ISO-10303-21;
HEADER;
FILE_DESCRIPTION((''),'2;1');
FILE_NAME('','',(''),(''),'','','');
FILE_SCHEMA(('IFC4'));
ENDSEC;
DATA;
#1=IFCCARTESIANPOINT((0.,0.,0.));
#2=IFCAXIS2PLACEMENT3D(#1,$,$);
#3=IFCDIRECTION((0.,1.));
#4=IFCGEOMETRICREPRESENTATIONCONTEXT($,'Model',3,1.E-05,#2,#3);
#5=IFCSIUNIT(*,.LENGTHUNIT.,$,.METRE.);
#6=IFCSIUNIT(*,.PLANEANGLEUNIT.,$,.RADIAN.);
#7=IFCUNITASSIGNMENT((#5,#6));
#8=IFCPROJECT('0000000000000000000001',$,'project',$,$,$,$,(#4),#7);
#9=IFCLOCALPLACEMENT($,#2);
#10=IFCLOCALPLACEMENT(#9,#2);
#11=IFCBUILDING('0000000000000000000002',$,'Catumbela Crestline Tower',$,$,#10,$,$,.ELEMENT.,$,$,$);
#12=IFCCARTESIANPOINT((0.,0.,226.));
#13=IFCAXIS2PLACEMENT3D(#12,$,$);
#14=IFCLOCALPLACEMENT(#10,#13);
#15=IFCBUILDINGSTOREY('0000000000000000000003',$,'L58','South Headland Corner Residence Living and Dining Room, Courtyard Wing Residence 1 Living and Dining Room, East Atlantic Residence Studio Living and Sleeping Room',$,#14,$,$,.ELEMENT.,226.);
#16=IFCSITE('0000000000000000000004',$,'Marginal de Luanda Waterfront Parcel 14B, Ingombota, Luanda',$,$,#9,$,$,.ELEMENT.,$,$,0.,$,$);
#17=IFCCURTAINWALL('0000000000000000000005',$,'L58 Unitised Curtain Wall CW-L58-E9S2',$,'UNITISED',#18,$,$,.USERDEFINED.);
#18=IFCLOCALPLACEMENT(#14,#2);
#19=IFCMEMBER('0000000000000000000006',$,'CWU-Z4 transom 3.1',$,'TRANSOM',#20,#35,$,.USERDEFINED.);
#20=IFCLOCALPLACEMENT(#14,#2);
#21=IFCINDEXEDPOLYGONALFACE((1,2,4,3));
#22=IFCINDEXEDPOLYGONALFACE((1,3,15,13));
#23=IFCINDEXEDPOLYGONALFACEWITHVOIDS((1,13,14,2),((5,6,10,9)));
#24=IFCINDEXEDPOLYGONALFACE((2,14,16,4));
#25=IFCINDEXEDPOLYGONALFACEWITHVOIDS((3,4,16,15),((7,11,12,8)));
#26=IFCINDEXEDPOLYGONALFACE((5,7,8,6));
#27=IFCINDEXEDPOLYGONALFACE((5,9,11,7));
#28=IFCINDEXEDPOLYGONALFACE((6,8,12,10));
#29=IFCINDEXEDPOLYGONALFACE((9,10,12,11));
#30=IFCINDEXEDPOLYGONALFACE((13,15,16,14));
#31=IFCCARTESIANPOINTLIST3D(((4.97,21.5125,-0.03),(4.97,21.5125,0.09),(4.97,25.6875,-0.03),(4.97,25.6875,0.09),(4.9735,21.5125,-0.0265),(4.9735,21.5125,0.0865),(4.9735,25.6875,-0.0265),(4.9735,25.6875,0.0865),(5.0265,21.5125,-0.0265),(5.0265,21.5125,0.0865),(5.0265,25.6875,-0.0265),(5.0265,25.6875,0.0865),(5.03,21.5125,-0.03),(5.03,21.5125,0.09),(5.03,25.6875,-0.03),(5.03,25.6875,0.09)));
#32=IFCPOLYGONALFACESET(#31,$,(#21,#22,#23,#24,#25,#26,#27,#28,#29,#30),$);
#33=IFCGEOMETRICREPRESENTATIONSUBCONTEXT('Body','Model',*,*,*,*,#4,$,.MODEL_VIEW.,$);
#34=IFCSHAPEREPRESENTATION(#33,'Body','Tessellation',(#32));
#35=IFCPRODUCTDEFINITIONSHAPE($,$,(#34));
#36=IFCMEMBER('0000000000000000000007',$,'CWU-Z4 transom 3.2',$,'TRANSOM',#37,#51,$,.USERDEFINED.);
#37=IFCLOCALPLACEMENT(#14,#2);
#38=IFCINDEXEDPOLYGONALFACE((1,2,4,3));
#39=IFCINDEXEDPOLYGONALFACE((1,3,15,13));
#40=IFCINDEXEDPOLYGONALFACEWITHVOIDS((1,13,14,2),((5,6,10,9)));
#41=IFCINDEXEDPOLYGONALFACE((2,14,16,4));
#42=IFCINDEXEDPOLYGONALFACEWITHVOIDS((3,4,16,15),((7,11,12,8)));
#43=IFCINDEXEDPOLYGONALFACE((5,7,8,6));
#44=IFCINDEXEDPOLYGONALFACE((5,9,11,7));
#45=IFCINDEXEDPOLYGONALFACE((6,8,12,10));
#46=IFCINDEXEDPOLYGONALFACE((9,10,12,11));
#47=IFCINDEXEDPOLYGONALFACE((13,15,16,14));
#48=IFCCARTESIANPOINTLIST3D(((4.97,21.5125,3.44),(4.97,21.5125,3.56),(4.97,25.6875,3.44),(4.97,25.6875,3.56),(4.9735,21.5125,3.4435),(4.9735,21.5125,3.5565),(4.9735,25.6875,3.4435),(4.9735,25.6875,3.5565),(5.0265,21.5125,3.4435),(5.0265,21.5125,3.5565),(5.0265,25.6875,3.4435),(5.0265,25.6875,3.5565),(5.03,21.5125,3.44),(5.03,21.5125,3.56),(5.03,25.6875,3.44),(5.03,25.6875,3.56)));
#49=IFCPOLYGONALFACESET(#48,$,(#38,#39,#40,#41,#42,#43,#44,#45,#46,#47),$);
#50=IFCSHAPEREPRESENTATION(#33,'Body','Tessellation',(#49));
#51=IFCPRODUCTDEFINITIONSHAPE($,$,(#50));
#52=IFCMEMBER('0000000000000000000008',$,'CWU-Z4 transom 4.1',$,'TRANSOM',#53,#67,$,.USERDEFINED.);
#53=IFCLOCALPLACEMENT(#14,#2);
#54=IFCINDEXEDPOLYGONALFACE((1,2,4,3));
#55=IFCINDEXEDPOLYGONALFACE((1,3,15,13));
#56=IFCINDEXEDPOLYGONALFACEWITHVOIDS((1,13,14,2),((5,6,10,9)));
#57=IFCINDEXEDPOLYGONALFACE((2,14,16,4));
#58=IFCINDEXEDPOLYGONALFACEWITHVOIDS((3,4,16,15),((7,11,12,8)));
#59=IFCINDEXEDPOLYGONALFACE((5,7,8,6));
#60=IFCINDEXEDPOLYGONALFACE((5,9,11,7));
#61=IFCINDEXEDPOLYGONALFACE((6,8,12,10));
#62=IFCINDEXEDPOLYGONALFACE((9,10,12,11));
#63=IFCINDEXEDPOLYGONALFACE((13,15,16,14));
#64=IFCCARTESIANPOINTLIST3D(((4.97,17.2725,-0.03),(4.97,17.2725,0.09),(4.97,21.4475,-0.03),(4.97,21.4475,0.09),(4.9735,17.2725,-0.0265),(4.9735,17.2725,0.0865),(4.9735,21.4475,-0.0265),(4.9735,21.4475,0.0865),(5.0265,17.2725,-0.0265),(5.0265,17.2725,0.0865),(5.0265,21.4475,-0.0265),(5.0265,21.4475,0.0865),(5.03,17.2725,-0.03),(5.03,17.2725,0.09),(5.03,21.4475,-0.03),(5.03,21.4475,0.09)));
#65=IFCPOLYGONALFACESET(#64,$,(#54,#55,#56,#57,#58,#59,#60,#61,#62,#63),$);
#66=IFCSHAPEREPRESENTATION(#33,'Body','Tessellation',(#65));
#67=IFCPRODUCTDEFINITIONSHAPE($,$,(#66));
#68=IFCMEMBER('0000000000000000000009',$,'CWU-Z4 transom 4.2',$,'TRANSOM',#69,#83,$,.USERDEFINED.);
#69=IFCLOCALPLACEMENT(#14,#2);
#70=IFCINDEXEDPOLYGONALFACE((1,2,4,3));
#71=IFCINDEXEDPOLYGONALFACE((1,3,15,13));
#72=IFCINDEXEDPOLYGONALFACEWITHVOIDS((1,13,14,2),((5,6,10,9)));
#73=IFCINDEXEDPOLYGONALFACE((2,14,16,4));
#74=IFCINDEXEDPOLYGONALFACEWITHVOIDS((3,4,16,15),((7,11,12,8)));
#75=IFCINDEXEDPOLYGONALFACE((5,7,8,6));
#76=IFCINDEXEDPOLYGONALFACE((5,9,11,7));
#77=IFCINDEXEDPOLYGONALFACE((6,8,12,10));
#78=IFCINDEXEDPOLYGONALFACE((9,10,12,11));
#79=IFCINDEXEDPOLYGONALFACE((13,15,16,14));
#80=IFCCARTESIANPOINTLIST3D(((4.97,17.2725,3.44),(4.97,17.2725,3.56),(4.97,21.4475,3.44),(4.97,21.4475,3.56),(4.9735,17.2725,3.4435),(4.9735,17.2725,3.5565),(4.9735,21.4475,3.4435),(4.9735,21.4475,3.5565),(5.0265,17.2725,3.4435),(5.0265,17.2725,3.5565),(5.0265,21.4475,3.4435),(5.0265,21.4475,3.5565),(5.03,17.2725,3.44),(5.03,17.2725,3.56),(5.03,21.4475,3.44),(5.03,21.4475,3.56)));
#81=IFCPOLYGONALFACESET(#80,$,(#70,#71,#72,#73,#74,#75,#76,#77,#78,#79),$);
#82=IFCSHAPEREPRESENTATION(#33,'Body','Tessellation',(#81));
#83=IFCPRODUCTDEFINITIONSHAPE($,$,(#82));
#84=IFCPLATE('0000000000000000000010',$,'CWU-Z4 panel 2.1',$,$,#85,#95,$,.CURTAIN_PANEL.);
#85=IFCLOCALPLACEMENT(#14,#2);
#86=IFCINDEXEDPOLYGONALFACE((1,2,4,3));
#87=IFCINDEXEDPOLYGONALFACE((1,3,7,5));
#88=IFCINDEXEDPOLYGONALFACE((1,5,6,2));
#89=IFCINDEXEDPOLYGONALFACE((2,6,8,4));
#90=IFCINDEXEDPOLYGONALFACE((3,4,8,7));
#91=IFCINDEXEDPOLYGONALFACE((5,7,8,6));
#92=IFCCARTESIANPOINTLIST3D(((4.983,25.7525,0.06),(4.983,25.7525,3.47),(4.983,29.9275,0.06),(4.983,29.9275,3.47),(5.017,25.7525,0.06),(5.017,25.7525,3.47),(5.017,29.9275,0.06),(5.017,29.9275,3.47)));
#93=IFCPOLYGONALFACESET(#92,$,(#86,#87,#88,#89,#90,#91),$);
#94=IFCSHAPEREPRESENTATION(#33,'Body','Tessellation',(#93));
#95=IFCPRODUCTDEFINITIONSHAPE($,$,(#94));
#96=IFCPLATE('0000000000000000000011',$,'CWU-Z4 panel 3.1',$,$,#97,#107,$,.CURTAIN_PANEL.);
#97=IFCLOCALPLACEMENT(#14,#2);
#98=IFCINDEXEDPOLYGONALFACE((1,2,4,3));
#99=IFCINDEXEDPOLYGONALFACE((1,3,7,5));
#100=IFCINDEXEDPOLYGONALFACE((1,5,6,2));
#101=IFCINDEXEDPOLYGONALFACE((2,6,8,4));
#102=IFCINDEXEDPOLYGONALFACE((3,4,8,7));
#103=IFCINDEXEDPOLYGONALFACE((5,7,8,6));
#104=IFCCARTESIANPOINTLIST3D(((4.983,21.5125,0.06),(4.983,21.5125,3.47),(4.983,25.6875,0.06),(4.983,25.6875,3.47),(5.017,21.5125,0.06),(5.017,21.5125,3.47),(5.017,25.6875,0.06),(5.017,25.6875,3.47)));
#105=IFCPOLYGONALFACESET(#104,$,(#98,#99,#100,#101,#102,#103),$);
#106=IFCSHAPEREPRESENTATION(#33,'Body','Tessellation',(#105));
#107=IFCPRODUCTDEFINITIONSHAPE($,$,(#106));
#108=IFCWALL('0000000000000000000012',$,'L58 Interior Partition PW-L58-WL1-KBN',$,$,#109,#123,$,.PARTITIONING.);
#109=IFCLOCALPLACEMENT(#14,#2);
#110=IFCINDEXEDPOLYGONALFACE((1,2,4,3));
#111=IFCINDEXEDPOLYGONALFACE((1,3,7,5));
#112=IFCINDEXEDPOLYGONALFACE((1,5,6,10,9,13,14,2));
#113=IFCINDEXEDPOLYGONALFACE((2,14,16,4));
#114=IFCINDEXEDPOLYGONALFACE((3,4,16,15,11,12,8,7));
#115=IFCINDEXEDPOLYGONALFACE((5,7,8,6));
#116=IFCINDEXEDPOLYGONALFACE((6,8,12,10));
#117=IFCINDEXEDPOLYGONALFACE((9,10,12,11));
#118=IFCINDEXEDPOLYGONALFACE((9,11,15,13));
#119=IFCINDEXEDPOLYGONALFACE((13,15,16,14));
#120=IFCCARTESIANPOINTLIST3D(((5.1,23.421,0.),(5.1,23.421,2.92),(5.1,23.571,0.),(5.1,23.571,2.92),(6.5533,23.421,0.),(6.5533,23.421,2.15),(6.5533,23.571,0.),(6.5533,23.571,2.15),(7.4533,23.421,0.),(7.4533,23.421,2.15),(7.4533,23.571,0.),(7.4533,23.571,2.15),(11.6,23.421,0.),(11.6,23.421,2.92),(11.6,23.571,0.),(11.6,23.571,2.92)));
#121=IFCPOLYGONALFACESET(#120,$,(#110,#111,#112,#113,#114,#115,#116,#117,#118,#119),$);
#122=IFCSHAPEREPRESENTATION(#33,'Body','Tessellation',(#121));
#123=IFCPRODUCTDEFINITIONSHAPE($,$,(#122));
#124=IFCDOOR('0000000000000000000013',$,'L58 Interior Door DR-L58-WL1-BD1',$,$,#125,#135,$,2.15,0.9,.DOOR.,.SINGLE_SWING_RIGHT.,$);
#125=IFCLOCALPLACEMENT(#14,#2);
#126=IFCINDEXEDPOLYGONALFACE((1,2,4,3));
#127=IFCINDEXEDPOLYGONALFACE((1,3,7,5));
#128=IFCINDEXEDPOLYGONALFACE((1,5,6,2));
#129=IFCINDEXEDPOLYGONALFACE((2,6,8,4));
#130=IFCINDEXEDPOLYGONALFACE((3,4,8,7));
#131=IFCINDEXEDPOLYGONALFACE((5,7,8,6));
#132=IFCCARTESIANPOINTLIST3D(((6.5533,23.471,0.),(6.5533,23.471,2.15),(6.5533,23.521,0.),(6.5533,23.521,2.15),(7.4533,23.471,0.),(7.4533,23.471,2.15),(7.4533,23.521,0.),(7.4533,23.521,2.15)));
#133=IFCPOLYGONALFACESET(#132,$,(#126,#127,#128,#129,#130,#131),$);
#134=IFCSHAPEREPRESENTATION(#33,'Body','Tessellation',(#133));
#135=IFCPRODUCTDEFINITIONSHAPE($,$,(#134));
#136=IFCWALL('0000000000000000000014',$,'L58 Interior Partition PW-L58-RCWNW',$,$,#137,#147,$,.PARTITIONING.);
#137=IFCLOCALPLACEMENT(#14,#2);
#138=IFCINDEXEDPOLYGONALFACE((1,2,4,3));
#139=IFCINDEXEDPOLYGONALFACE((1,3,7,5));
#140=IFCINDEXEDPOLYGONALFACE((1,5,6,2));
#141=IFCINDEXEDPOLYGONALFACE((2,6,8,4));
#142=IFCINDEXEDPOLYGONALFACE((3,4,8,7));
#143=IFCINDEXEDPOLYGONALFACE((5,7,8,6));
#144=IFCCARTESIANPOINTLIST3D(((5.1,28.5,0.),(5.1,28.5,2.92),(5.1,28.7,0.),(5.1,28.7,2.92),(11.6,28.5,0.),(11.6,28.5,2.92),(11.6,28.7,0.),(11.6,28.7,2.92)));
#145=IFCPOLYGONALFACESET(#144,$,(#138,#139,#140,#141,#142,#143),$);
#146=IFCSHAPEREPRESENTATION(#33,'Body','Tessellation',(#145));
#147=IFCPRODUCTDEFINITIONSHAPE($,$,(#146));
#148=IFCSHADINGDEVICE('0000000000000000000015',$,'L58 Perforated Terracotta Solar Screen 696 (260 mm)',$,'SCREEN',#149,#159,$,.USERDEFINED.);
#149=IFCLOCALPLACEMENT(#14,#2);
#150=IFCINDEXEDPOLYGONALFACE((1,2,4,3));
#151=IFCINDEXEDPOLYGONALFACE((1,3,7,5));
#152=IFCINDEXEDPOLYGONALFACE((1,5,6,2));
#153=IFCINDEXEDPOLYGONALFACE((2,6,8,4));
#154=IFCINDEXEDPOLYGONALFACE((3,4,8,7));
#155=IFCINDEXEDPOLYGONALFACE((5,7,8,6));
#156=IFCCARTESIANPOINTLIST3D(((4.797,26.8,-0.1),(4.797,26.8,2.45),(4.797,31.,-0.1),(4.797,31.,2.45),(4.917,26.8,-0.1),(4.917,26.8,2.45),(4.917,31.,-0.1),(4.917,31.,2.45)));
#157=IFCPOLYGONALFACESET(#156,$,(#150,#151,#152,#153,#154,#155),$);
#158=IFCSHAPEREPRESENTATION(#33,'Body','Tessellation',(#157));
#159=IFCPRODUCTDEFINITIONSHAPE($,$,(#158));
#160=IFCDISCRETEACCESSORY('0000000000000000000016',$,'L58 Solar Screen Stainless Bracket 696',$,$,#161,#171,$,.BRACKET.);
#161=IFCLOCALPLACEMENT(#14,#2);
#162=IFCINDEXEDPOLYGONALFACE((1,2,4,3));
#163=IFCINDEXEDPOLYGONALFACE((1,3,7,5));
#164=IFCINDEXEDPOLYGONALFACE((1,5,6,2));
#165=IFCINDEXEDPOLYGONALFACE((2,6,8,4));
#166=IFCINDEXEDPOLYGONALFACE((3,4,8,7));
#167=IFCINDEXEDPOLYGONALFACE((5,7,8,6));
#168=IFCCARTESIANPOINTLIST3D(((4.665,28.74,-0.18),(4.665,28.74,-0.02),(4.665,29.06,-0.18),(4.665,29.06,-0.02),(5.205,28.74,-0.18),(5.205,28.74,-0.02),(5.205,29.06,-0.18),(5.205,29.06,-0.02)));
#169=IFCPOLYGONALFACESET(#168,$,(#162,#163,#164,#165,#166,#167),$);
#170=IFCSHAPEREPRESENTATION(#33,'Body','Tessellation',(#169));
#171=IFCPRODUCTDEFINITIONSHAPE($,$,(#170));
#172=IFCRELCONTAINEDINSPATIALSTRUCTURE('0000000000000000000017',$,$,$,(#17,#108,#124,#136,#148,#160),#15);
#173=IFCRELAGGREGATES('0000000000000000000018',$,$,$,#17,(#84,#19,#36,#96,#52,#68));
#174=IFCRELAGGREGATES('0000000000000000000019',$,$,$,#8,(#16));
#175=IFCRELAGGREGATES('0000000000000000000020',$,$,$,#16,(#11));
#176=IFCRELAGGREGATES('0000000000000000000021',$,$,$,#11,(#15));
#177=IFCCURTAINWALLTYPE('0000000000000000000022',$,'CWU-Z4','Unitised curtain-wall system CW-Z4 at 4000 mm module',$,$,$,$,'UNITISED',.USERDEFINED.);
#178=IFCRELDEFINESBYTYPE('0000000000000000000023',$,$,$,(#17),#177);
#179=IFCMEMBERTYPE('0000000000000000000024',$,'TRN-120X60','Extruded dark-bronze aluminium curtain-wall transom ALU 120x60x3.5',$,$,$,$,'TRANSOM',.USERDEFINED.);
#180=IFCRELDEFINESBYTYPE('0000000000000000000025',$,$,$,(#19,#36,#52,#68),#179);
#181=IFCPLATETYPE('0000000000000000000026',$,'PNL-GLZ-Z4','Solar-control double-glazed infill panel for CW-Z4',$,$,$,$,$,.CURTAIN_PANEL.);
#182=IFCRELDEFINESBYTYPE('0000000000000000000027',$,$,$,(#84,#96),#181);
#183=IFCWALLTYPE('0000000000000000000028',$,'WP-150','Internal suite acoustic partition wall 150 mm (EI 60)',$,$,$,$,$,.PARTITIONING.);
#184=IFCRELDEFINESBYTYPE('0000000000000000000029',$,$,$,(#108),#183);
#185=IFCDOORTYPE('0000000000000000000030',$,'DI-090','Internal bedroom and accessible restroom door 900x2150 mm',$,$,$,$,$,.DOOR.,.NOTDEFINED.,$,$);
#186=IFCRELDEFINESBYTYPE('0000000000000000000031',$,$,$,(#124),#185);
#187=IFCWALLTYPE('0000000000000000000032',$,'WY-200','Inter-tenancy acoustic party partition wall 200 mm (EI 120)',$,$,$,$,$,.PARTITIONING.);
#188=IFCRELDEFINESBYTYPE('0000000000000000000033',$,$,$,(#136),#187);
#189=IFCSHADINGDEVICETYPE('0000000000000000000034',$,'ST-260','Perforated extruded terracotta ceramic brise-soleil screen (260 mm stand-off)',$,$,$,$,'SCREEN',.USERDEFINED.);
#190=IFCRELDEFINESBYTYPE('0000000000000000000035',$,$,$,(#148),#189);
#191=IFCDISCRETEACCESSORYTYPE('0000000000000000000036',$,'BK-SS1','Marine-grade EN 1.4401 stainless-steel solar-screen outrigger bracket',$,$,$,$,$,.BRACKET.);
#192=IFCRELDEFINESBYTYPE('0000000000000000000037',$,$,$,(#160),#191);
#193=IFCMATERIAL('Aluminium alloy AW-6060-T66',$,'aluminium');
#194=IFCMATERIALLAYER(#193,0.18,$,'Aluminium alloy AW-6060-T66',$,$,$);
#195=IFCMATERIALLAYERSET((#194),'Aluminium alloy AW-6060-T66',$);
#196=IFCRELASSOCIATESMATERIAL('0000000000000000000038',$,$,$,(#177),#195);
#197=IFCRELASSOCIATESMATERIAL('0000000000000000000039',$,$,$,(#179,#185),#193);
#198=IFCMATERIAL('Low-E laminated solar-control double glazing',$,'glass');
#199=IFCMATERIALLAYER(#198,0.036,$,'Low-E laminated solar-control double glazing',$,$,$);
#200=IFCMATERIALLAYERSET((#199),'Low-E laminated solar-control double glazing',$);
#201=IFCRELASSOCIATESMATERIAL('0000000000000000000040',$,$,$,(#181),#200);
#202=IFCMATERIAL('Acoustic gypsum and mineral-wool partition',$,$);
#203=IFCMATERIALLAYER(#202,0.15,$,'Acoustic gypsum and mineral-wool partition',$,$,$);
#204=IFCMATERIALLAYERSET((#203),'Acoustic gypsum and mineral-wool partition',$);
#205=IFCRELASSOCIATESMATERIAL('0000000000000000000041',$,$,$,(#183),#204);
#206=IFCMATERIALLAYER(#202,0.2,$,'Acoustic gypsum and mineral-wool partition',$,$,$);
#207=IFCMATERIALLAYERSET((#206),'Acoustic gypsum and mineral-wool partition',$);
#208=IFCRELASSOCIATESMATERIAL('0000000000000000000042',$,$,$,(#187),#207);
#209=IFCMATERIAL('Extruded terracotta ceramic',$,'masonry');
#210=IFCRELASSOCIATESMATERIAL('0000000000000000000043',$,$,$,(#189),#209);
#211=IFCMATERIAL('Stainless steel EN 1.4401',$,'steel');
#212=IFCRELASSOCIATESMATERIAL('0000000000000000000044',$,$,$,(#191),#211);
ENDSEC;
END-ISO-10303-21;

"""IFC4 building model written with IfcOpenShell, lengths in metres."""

from ifc_helpers import new_model, si_unit, direction, frame, frame_2d, origin, origin_2d, place, context, subcontext, project, spatial, rectangle, hollow_rectangle, extrude, material, layer, layer_set, material_profile, profile_set, type_object, element, fill, aggregate, save


model = new_model("IFC4")

# Units and contexts
model_context = context("Model", 3, precision=1e-05, world=origin(), true_north=direction((0.0, 1.0)))
body_context = subcontext(model_context, "Body", "Model", "MODEL_VIEW")
ifc_project = project(units=[si_unit("LENGTHUNIT", "METRE"), si_unit("PLANEANGLEUNIT", "RADIAN")], contexts=[model_context])

# Site, building, storey
site_placement = place(None, origin())
site = spatial("IfcSite", under=ifc_project, at=site_placement, Name="Marginal de Luanda Waterfront Parcel 14B, Ingombota, Luanda", CompositionType="ELEMENT", RefElevation=0.0)
building_placement = place(site_placement, origin())
building = spatial("IfcBuilding", under=site, at=building_placement, Name="Catumbela Crestline Tower", CompositionType="ELEMENT")
storey_placement = place(building_placement, frame((0.0, 0.0, 226.0)))
storey = spatial("IfcBuildingStorey", under=building, at=storey_placement, Name="L58", Description="South Headland Corner Residence Living and Dining Room, Courtyard Wing Residence 1 Living and Dining Room, East Atlantic Residence Studio Living and Sleeping Room", CompositionType="ELEMENT", Elevation=226.0)

# Curtain wall
ifc_material_1 = material(Name="Aluminium alloy AW-6060-T66", Category="aluminium")
ifc_layer_1 = layer(ifc_material_1, 0.18, Name="Aluminium alloy AW-6060-T66")
ifc_layer_set_1 = layer_set([ifc_layer_1], Name="Aluminium alloy AW-6060-T66")
curtain_wall_type = type_object("IfcCurtainWallType", Name="CWU-Z4", Description="Unitised curtain-wall system CW-Z4 at 4000 mm module", ElementType="UNITISED", PredefinedType="USERDEFINED", material=ifc_layer_set_1)
curtain_wall_placement = place(storey_placement, origin())
curtain_wall = element("IfcCurtainWall", 1, at=curtain_wall_placement, inside=storey, type_object=curtain_wall_type, Name="L58 Unitised Curtain Wall CW-L58-E9S2", ObjectType="UNITISED", PredefinedType="USERDEFINED")

# Members
ifc_material_profile_1 = material_profile(ifc_material_1, hollow_rectangle(XDim=0.06, YDim=0.12, WallThickness=0.0035, at=origin_2d()), Name="ALU 120x60x3.5")
ifc_profile_set_1 = profile_set([ifc_material_profile_1], Name="Aluminium alloy AW-6060-T66")
member_type_1 = type_object("IfcMemberType", Name="TRN-120X60", Description="Extruded dark-bronze aluminium curtain-wall transom ALU 120x60x3.5", ElementType="TRANSOM", PredefinedType="USERDEFINED", material=ifc_profile_set_1)
member_1_placement = place(storey_placement, frame((5.0, 25.6875, 0.03), z_axis=(0.0, -1.0, 0.0), x_axis=(1.0, 0.0, 0.0)))
member_1 = element("IfcMember", 2, at=member_1_placement, type_object=member_type_1, Name="CWU-Z4 transom 3.1", ObjectType="TRANSOM", PredefinedType="USERDEFINED", context=body_context, shape_type="SweptSolid", body=[
    extrude(hollow_rectangle(XDim=0.06, YDim=0.12, WallThickness=0.0035, at=origin_2d()), origin(), (0.0, 0.0, 1.0), 4.175),
])
member_2_placement = place(storey_placement, frame((5.0, 25.6875, 3.5), z_axis=(0.0, -1.0, 0.0), x_axis=(1.0, 0.0, 0.0)))
member_2 = element("IfcMember", 3, at=member_2_placement, type_object=member_type_1, Name="CWU-Z4 transom 3.2", ObjectType="TRANSOM", PredefinedType="USERDEFINED", context=body_context, shape_type="SweptSolid", body=[
    extrude(hollow_rectangle(XDim=0.06, YDim=0.12, WallThickness=0.0035, at=origin_2d()), origin(), (0.0, 0.0, 1.0), 4.175),
])
member_3_placement = place(storey_placement, frame((5.0, 21.4475, 0.03), z_axis=(0.0, -1.0, 0.0), x_axis=(1.0, 0.0, 0.0)))
member_3 = element("IfcMember", 4, at=member_3_placement, type_object=member_type_1, Name="CWU-Z4 transom 4.1", ObjectType="TRANSOM", PredefinedType="USERDEFINED", context=body_context, shape_type="SweptSolid", body=[
    extrude(hollow_rectangle(XDim=0.06, YDim=0.12, WallThickness=0.0035, at=origin_2d()), origin(), (0.0, 0.0, 1.0), 4.175),
])
member_4_placement = place(storey_placement, frame((5.0, 21.4475, 3.5), z_axis=(0.0, -1.0, 0.0), x_axis=(1.0, 0.0, 0.0)))
member_4 = element("IfcMember", 5, at=member_4_placement, type_object=member_type_1, Name="CWU-Z4 transom 4.2", ObjectType="TRANSOM", PredefinedType="USERDEFINED", context=body_context, shape_type="SweptSolid", body=[
    extrude(hollow_rectangle(XDim=0.06, YDim=0.12, WallThickness=0.0035, at=origin_2d()), origin(), (0.0, 0.0, 1.0), 4.175),
])

# Plates
ifc_material_2 = material(Name="Low-E laminated solar-control double glazing", Category="glass")
ifc_layer_2 = layer(ifc_material_2, 0.036, Name="Low-E laminated solar-control double glazing")
ifc_layer_set_2 = layer_set([ifc_layer_2], Name="Low-E laminated solar-control double glazing")
plate_type = type_object("IfcPlateType", Name="PNL-GLZ-Z4", Description="Solar-control double-glazed infill panel for CW-Z4", PredefinedType="CURTAIN_PANEL", material=ifc_layer_set_2)
plate_1_placement = place(storey_placement, frame((5.0, 27.84, 0.06), z_axis=(0.0, 0.0, 1.0), x_axis=(0.0, -1.0, 0.0)))
plate_1 = element("IfcPlate", 6, at=plate_1_placement, type_object=plate_type, Name="CWU-Z4 panel 2.1", PredefinedType="CURTAIN_PANEL", context=body_context, shape_type="SweptSolid", body=[
    extrude(rectangle(XDim=4.175, YDim=0.034, at=origin_2d()), origin(), (0.0, 0.0, 1.0), 3.41),
])
plate_2_placement = place(storey_placement, frame((5.0, 23.6, 0.06), z_axis=(0.0, 0.0, 1.0), x_axis=(0.0, -1.0, 0.0)))
plate_2 = element("IfcPlate", 7, at=plate_2_placement, type_object=plate_type, Name="CWU-Z4 panel 3.1", PredefinedType="CURTAIN_PANEL", context=body_context, shape_type="SweptSolid", body=[
    extrude(rectangle(XDim=4.175, YDim=0.034, at=origin_2d()), origin(), (0.0, 0.0, 1.0), 3.41),
])
aggregate(curtain_wall, [plate_1, member_1, member_2, plate_2, member_3, member_4])

# Wall, opening, door
ifc_material_3 = material(Name="Acoustic gypsum and mineral-wool partition")
ifc_layer_3 = layer(ifc_material_3, 0.15, Name="Acoustic gypsum and mineral-wool partition")
ifc_layer_set_3 = layer_set([ifc_layer_3], Name="Acoustic gypsum and mineral-wool partition")
wall_type_1 = type_object("IfcWallType", Name="WP-150", Description="Internal suite acoustic partition wall 150 mm (EI 60)", PredefinedType="PARTITIONING", material=ifc_layer_set_3)
wall_1_placement = place(storey_placement, frame((5.1, 23.496, 0.0), z_axis=(0.0, 0.0, 1.0), x_axis=(1.0, 0.0, 0.0)))
wall_1 = element("IfcWall", 8, at=wall_1_placement, inside=storey, type_object=wall_type_1, Name="L58 Interior Partition PW-L58-WL1-KBN", PredefinedType="PARTITIONING", context=body_context, shape_type="SweptSolid", body=[
    extrude(rectangle(XDim=6.5, YDim=0.15, at=frame_2d((3.25, 0.0))), origin(), (0.0, 0.0, 1.0), 2.92),
])
opening_placement = place(wall_1_placement, frame((1.4533, 0.0, 0.0)))
opening = element("IfcOpeningElement", 9, at=opening_placement, cuts=wall_1, PredefinedType="OPENING", context=body_context, shape_type="SweptSolid", body=[
    extrude(rectangle(XDim=0.9, YDim=2.15, at=frame_2d((0.45, 1.075))), frame((0.0, 0.085, 0.0), z_axis=(0.0, -1.0, 0.0), x_axis=(1.0, 0.0, 0.0)), (0.0, 0.0, 1.0), 0.17),
])
door_type = type_object("IfcDoorType", Name="DI-090", Description="Internal bedroom and accessible restroom door 900x2150 mm", OperationType="NOTDEFINED", PredefinedType="DOOR", material=ifc_material_1)
door_placement = place(opening_placement, origin())
door = element("IfcDoor", 10, at=door_placement, inside=storey, type_object=door_type, Name="L58 Interior Door DR-L58-WL1-BD1", OperationType="SINGLE_SWING_RIGHT", OverallHeight=2.15, OverallWidth=0.9, PredefinedType="DOOR", context=body_context, shape_type="SweptSolid", body=[
    extrude(rectangle(XDim=0.9, YDim=2.15, at=frame_2d((0.45, 1.075))), frame((0.0, 0.025, 0.0), z_axis=(0.0, -1.0, 0.0), x_axis=(1.0, 0.0, 0.0)), (0.0, 0.0, 1.0), 0.05),
])
fill(opening, door)

# Wall
ifc_layer_4 = layer(ifc_material_3, 0.2, Name="Acoustic gypsum and mineral-wool partition")
ifc_layer_set_4 = layer_set([ifc_layer_4], Name="Acoustic gypsum and mineral-wool partition")
wall_type_2 = type_object("IfcWallType", Name="WY-200", Description="Inter-tenancy acoustic party partition wall 200 mm (EI 120)", PredefinedType="PARTITIONING", material=ifc_layer_set_4)
wall_2_placement = place(storey_placement, frame((5.1, 28.6, 0.0), z_axis=(0.0, 0.0, 1.0), x_axis=(1.0, 0.0, 0.0)))
element("IfcWall", 11, at=wall_2_placement, inside=storey, type_object=wall_type_2, Name="L58 Interior Partition PW-L58-RCWNW", PredefinedType="PARTITIONING", context=body_context, shape_type="SweptSolid", body=[
    extrude(rectangle(XDim=6.5, YDim=0.2, at=frame_2d((3.25, 0.0))), origin(), (0.0, 0.0, 1.0), 2.92),
])

# Shading device
ifc_material_4 = material(Name="Extruded terracotta ceramic", Category="masonry")
shading_device_type = type_object("IfcShadingDeviceType", Name="ST-260", Description="Perforated extruded terracotta ceramic brise-soleil screen (260 mm stand-off)", ElementType="SCREEN", PredefinedType="USERDEFINED", material=ifc_material_4)
shading_device_placement = place(storey_placement, frame((4.857, 28.9, -0.1), z_axis=(0.0, 0.0, 1.0), x_axis=(0.0, -1.0, 0.0)))
element("IfcShadingDevice", 12, at=shading_device_placement, inside=storey, type_object=shading_device_type, Name="L58 Perforated Terracotta Solar Screen 696 (260 mm)", ObjectType="SCREEN", PredefinedType="USERDEFINED", context=body_context, shape_type="SweptSolid", body=[
    extrude(rectangle(XDim=4.2, YDim=0.12, at=origin_2d()), origin(), (0.0, 0.0, 1.0), 2.55),
])

# Discrete accessory
ifc_material_5 = material(Name="Stainless steel EN 1.4401", Category="steel")
discrete_accessory_type = type_object("IfcDiscreteAccessoryType", Name="BK-SS1", Description="Marine-grade EN 1.4401 stainless-steel solar-screen outrigger bracket", PredefinedType="BRACKET", material=ifc_material_5)
discrete_accessory_placement = place(storey_placement, frame((4.935, 28.9, -0.18), z_axis=(0.0, 0.0, 1.0), x_axis=(0.0, -1.0, 0.0)))
element("IfcDiscreteAccessory", 13, at=discrete_accessory_placement, inside=storey, type_object=discrete_accessory_type, Name="L58 Solar Screen Stainless Bracket 696", PredefinedType="BRACKET", context=body_context, shape_type="SweptSolid", body=[
    extrude(rectangle(XDim=0.32, YDim=0.54, at=origin_2d()), origin(), (0.0, 0.0, 1.0), 0.16),
])

save(model, "model.ifc")
